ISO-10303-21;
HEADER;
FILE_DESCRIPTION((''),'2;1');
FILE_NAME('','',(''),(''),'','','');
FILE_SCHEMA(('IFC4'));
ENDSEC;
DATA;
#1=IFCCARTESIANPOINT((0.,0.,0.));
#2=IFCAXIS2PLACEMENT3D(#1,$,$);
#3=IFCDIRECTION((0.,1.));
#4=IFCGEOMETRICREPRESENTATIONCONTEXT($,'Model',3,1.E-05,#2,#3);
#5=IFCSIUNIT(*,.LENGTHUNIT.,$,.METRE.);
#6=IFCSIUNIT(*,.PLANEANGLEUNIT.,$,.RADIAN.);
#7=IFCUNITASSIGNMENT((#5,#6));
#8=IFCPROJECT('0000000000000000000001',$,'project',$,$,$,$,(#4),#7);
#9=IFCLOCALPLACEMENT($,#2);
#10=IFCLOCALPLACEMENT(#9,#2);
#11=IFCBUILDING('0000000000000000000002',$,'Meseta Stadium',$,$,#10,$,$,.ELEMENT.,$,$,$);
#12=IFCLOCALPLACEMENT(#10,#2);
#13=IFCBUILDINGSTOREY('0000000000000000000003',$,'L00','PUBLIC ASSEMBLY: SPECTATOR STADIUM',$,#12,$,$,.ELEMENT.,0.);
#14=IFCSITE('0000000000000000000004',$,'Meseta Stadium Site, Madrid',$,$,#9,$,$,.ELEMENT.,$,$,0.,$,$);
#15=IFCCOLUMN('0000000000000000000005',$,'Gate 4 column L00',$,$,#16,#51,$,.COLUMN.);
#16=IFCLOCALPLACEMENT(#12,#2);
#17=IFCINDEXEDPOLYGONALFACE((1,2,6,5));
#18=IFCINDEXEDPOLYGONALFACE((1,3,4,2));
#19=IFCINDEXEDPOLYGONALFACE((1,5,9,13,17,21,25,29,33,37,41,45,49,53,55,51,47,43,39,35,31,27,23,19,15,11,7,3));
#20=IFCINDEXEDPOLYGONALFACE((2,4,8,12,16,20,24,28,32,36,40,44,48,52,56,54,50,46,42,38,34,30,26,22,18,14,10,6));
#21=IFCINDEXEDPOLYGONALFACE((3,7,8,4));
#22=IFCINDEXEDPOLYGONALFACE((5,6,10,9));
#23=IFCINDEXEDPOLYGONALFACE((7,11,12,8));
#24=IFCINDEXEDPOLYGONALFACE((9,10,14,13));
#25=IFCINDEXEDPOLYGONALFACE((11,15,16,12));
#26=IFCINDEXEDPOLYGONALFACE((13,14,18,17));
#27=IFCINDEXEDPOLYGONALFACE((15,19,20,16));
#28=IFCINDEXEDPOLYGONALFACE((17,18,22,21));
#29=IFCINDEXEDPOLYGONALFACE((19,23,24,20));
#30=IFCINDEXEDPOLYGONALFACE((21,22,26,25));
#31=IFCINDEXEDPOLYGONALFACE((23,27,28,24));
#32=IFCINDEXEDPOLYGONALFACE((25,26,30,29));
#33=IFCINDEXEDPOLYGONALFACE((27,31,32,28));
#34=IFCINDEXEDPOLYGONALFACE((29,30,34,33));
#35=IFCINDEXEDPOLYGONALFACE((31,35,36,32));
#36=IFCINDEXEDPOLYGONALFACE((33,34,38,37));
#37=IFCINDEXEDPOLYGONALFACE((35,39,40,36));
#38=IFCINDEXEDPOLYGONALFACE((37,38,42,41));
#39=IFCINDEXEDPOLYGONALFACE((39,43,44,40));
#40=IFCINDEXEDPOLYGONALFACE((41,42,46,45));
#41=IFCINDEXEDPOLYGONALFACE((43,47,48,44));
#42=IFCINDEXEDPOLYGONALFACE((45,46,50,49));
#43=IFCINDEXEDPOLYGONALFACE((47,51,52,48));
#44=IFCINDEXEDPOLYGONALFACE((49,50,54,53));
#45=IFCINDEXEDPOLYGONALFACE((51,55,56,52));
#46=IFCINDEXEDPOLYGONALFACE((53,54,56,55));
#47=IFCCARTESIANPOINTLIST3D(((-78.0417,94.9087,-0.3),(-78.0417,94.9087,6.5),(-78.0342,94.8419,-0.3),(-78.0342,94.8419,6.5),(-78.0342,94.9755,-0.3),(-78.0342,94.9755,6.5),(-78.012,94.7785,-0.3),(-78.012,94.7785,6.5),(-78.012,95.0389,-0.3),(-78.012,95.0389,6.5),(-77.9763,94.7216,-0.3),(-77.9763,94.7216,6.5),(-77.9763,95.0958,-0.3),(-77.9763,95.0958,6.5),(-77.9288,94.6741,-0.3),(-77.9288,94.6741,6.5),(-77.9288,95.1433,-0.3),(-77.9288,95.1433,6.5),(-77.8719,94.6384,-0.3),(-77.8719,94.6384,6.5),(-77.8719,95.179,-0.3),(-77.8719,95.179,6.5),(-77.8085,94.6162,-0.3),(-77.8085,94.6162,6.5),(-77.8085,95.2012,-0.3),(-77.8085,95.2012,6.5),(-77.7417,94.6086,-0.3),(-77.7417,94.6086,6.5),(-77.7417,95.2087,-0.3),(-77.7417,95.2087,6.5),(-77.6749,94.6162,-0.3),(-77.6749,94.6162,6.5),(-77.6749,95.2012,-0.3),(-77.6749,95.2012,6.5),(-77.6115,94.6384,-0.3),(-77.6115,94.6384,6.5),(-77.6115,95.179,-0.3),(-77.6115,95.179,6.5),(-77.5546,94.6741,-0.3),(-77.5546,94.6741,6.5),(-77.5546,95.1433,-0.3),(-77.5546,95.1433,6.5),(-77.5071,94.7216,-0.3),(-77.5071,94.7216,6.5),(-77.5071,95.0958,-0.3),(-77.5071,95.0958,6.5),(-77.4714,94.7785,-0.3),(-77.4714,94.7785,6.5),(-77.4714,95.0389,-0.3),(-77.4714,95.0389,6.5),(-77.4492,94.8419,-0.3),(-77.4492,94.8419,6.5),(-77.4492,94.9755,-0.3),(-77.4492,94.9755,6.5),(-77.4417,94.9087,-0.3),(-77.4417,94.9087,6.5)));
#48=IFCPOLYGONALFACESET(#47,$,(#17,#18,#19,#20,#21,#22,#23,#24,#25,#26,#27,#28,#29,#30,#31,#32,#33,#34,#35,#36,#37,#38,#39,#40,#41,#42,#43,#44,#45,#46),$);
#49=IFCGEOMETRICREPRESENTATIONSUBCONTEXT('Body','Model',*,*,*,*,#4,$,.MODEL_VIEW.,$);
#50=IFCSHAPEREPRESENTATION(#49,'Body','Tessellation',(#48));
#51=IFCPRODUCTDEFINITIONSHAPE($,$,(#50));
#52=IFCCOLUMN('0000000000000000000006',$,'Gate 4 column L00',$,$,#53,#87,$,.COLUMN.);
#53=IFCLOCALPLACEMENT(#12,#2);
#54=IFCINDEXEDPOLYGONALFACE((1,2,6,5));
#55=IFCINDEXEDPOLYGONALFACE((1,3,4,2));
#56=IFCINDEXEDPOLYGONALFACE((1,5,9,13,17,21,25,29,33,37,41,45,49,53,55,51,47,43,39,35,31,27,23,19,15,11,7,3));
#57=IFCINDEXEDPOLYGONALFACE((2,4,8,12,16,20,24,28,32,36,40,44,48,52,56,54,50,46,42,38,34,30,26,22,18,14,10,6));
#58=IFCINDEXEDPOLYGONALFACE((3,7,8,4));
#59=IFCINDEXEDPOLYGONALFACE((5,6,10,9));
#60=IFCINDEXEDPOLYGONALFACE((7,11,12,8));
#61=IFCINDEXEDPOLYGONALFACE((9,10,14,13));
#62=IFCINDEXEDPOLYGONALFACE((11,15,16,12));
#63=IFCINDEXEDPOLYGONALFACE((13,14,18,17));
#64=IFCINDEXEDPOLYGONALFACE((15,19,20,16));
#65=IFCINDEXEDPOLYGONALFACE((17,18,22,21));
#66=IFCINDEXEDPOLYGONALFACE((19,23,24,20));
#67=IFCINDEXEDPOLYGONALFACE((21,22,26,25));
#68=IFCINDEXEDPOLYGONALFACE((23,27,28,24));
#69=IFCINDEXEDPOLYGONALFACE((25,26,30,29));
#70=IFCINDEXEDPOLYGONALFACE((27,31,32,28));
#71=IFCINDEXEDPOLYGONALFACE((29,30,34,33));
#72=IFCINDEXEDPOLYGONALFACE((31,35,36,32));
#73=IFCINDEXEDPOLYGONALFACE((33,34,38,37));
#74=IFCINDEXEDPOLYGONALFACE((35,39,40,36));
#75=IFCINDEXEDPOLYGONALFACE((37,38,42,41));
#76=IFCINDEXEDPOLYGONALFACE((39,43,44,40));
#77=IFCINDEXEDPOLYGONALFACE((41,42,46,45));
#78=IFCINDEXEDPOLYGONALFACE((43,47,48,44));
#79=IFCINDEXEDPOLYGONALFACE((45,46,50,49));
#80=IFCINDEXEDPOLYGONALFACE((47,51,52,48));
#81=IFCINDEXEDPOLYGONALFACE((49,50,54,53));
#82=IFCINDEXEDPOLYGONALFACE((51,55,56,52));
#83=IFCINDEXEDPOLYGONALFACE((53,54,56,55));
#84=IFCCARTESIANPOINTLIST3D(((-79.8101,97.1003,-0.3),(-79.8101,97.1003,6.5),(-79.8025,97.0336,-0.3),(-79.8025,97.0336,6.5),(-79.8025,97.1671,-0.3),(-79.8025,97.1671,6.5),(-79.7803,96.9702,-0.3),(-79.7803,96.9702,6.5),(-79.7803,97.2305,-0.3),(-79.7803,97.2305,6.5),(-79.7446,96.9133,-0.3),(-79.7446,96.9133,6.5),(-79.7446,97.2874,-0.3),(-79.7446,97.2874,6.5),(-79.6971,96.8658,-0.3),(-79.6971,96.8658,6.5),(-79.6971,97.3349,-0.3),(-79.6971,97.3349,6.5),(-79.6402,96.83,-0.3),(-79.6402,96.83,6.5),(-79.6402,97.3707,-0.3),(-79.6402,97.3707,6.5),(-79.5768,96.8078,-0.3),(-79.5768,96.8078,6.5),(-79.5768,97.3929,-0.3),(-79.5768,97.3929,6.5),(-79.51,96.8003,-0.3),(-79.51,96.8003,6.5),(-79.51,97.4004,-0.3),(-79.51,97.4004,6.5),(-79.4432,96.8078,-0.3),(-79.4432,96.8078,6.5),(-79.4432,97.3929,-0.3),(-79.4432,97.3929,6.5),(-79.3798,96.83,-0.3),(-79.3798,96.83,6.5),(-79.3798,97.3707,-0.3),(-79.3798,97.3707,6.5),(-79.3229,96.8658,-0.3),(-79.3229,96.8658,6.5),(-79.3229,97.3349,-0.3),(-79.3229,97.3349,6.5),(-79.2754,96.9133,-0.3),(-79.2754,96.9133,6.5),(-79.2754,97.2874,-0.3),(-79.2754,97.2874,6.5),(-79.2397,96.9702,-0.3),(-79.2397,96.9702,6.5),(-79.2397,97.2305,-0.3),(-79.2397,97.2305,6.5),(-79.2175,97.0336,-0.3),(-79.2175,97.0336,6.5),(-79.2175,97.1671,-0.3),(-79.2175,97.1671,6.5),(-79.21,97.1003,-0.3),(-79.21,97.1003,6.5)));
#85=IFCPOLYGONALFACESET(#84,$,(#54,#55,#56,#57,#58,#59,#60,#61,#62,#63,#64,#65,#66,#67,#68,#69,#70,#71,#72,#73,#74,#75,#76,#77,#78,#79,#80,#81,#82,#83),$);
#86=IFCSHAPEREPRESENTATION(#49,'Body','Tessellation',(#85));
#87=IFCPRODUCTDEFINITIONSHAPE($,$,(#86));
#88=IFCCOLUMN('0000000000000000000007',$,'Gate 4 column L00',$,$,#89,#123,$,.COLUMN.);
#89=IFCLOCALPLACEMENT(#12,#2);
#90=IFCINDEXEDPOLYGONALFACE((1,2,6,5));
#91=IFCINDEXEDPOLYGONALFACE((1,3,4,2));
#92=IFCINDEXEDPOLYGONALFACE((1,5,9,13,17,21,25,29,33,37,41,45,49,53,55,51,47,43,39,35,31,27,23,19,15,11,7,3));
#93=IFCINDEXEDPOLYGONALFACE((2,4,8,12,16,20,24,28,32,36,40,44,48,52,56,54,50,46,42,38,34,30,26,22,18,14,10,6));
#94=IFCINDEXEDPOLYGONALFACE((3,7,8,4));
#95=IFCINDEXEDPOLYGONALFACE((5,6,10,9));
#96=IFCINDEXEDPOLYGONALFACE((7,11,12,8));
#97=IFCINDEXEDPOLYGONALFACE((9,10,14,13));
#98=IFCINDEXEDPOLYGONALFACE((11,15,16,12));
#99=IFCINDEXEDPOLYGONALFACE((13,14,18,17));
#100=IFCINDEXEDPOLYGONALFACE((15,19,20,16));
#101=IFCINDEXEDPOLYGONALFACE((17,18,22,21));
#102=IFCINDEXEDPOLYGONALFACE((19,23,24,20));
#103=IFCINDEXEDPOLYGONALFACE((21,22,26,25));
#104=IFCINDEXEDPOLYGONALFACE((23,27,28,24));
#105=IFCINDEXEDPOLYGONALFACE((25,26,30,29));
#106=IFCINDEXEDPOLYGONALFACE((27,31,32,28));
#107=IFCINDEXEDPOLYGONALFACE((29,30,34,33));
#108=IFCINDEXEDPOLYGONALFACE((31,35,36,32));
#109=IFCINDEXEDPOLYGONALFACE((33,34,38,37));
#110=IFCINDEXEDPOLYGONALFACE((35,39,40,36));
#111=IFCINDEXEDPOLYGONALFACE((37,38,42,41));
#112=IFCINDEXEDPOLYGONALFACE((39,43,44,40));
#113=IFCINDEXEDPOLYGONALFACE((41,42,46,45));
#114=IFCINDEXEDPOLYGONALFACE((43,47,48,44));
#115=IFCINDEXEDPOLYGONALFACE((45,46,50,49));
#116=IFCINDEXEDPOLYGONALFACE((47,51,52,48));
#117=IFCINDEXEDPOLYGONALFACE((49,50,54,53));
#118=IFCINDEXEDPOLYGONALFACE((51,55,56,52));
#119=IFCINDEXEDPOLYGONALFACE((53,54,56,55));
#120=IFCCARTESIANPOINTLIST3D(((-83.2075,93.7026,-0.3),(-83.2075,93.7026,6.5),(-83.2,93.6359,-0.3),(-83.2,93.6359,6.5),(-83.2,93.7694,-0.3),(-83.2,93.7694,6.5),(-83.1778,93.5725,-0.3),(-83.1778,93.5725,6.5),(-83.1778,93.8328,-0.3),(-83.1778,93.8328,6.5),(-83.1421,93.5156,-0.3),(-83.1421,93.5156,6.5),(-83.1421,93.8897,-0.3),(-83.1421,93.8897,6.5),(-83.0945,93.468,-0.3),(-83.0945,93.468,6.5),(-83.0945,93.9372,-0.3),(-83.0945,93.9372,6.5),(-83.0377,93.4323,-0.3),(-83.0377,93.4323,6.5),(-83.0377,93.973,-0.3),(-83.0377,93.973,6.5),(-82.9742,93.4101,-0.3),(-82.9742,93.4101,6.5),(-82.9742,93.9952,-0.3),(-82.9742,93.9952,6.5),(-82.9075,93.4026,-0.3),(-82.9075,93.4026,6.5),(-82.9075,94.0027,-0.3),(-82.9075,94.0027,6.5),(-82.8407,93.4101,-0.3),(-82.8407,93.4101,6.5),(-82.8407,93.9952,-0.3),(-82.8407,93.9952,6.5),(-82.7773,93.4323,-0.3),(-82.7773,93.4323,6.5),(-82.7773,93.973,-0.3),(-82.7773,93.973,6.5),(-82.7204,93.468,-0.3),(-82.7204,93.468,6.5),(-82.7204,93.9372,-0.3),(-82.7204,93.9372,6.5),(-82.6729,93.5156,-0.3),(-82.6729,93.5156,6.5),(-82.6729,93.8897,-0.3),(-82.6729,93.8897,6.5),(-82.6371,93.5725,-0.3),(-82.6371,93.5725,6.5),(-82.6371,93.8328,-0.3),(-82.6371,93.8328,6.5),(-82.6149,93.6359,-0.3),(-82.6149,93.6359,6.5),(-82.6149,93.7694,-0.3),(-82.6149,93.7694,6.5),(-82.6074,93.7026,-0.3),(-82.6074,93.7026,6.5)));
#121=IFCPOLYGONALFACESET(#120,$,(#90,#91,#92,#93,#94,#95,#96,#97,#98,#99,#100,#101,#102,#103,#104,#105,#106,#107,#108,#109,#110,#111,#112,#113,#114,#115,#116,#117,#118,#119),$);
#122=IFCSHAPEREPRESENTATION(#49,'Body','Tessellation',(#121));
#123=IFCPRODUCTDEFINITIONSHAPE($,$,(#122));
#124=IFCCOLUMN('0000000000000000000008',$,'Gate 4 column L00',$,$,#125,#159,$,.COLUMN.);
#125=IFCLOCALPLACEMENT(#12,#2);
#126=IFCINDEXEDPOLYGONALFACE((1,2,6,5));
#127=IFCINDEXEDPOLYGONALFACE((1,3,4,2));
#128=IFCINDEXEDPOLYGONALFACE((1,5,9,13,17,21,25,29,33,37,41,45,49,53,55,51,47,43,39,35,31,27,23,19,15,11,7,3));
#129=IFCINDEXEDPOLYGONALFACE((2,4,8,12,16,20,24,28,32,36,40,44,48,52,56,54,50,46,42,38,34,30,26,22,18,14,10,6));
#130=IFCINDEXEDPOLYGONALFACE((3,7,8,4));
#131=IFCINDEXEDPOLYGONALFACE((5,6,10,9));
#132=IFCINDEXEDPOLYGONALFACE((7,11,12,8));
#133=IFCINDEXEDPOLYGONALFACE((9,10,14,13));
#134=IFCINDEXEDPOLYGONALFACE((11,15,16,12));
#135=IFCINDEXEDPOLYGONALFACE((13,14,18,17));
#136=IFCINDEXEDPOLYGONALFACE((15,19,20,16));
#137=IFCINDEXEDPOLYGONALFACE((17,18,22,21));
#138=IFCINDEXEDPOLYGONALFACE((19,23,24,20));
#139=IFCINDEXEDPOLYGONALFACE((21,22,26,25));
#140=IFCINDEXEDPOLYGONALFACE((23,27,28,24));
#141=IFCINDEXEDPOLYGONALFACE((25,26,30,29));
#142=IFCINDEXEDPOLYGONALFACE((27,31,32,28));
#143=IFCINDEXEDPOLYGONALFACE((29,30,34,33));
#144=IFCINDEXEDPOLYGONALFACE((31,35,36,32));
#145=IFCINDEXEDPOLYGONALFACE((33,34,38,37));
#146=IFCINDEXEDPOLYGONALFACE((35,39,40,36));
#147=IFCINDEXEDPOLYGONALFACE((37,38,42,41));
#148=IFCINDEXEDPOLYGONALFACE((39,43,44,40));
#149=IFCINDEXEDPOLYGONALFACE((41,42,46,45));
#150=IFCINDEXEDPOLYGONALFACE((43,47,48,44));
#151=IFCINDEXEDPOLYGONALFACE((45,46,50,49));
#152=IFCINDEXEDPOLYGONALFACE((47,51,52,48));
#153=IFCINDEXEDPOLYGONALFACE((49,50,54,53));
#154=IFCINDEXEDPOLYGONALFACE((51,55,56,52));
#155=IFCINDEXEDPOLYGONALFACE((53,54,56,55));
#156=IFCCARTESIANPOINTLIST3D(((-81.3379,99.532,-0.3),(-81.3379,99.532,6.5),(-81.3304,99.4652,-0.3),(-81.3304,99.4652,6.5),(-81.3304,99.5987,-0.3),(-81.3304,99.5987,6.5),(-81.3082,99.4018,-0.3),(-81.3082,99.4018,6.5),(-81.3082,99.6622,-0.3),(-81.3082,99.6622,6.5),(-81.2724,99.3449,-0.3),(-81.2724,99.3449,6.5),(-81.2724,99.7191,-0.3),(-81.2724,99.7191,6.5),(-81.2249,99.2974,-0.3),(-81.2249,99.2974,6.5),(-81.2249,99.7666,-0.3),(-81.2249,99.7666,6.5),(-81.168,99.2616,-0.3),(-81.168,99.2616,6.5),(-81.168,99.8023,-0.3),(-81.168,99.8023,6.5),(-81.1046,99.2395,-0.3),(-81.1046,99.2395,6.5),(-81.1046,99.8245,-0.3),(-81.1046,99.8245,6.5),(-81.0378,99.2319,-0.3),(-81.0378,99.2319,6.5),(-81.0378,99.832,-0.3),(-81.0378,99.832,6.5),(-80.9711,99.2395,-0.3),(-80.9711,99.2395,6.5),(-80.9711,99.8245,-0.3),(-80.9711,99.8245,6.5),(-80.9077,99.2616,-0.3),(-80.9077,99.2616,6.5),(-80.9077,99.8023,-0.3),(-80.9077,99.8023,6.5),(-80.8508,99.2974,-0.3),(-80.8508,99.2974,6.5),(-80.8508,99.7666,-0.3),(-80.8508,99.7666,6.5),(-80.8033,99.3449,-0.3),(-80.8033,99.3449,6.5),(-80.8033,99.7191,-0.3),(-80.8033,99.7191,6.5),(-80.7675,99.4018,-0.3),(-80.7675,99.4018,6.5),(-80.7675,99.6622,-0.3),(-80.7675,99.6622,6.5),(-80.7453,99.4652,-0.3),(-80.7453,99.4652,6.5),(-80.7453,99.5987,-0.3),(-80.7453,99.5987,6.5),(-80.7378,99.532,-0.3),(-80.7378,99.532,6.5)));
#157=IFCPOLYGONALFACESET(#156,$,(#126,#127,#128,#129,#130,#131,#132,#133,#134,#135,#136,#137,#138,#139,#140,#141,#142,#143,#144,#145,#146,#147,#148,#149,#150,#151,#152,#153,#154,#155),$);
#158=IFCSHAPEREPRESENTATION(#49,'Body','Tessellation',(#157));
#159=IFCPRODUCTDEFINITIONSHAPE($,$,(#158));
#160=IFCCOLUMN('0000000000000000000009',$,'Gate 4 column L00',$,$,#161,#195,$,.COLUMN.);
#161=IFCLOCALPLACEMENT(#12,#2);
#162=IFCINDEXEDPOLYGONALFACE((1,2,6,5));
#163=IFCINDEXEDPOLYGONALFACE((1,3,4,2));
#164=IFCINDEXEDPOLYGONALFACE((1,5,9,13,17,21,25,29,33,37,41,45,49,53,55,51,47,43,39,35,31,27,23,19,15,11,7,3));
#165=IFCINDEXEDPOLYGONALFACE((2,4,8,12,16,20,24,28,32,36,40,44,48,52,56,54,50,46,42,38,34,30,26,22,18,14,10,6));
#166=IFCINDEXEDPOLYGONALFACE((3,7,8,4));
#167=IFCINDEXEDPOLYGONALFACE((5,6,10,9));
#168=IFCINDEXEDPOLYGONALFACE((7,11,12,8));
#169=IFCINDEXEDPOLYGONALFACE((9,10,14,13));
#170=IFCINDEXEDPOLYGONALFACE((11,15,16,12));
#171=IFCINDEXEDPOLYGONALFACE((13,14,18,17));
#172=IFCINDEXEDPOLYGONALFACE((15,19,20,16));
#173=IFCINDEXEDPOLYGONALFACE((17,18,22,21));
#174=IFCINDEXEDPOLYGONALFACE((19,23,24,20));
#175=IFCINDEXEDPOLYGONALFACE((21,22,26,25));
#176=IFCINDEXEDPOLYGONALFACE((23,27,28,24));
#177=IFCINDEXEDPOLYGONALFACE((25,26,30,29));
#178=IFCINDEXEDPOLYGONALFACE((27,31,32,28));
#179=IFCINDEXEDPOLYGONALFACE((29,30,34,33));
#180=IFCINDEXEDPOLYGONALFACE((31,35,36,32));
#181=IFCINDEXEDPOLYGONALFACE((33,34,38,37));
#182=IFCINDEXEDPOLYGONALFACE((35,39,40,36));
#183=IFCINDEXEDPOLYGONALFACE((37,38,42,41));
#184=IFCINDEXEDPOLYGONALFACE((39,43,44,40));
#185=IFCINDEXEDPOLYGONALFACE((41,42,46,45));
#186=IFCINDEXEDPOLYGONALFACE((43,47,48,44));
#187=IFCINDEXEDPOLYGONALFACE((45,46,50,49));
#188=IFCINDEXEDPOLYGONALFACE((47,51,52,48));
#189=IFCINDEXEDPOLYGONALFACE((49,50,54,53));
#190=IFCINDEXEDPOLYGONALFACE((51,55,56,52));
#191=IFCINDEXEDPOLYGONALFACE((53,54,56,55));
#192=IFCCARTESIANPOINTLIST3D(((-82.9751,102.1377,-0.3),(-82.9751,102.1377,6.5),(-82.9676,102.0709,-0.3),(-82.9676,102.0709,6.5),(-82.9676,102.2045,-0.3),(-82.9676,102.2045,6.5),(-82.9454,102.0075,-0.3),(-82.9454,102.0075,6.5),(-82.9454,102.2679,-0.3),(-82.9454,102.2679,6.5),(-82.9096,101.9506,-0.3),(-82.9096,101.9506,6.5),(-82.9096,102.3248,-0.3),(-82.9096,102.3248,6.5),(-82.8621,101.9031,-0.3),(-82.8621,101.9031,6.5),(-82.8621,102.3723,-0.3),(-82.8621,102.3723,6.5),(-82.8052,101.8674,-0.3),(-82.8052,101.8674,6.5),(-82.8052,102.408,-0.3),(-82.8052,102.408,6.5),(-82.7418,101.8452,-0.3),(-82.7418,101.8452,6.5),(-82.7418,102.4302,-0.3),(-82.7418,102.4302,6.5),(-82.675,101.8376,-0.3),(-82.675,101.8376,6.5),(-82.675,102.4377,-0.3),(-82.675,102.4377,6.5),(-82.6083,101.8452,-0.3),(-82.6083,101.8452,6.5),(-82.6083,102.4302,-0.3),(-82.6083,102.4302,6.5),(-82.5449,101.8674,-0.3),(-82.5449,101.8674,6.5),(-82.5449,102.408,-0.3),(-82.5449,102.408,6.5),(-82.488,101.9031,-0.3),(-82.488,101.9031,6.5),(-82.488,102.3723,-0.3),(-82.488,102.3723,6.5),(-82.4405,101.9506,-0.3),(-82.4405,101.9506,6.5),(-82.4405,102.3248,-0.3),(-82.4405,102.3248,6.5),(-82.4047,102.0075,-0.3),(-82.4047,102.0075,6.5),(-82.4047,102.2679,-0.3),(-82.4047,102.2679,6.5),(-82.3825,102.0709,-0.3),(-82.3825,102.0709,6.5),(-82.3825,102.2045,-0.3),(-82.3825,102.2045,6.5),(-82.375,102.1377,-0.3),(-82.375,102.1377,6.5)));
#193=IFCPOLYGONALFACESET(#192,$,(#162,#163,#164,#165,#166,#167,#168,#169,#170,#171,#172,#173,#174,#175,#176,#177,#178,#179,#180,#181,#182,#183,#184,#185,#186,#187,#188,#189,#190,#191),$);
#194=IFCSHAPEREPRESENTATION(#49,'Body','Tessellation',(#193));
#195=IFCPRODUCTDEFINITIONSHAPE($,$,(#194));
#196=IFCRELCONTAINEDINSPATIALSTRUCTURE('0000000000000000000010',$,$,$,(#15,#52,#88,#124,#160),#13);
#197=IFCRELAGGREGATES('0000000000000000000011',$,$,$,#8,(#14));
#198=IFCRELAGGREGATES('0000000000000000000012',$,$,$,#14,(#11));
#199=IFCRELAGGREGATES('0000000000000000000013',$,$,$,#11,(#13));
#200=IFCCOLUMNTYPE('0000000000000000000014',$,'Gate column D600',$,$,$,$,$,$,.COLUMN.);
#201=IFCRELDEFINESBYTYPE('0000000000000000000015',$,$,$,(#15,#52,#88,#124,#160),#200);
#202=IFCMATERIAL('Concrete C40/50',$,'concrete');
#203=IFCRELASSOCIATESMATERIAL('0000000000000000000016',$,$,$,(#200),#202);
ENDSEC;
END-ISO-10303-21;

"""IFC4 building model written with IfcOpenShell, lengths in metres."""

from ifc_helpers import new_model, si_unit, direction, frame, origin, origin_2d, place, context, subcontext, project, spatial, circle, extrude, material, material_profile, profile_set, type_object, element, save


model = new_model("IFC4")

# Units and contexts
model_context = context("Model", 3, precision=1e-05, world=origin(), true_north=direction((0.0, 1.0)))
body_context = subcontext(model_context, "Body", "Model", "MODEL_VIEW")
ifc_project = project(units=[si_unit("LENGTHUNIT", "METRE"), si_unit("PLANEANGLEUNIT", "RADIAN")], contexts=[model_context])

# Site, building, storey
site_placement = place(None, origin())
site = spatial("IfcSite", under=ifc_project, at=site_placement, Name="Meseta Stadium Site, Madrid", CompositionType="ELEMENT", RefElevation=0.0)
building_placement = place(site_placement, origin())
building = spatial("IfcBuilding", under=site, at=building_placement, Name="Meseta Stadium", CompositionType="ELEMENT")
storey_placement = place(building_placement, origin())
storey = spatial("IfcBuildingStorey", under=building, at=storey_placement, Name="L00", Description="PUBLIC ASSEMBLY: SPECTATOR STADIUM", CompositionType="ELEMENT", Elevation=0.0)

# Columns
ifc_material_1 = material(Name="Concrete C40/50", Category="concrete")
ifc_material_profile_1 = material_profile(ifc_material_1, circle(Radius=0.3, at=origin_2d()), Name="RC D600")
ifc_profile_set_1 = profile_set([ifc_material_profile_1], Name="Concrete C40/50")
column_type_1 = type_object("IfcColumnType", Name="Gate column D600", PredefinedType="COLUMN", material=ifc_profile_set_1)
for number, where, z_axis, x_axis, name in (
    (1, (-77.7417, 94.9087, -0.3), (0.0, 0.0, 1.0), (1.0, 0.0, 0.0), "Gate 4 column L00"),
    (2, (-79.51, 97.1003, -0.3), (0.0, 0.0, 1.0), (1.0, 0.0, 0.0), "Gate 4 column L00"),
    (3, (-82.9075, 93.7026, -0.3), (0.0, 0.0, 1.0), (1.0, 0.0, 0.0), "Gate 4 column L00"),
    (4, (-81.0378, 99.532, -0.3), (0.0, 0.0, 1.0), (1.0, 0.0, 0.0), "Gate 4 column L00"),
    (5, (-82.675, 102.1377, -0.3), (0.0, 0.0, 1.0), (1.0, 0.0, 0.0), "Gate 4 column L00"),
):
    element("IfcColumn", number, at=place(storey_placement, frame(where, z_axis=z_axis, x_axis=x_axis)), inside=storey, type_object=column_type_1, Name=name, PredefinedType="COLUMN", context=body_context, shape_type="SweptSolid", body=[
        extrude(circle(Radius=0.3, at=origin_2d()), origin(), (0.0, 0.0, 1.0), 6.8),
    ])

save(model, "model.ifc")
